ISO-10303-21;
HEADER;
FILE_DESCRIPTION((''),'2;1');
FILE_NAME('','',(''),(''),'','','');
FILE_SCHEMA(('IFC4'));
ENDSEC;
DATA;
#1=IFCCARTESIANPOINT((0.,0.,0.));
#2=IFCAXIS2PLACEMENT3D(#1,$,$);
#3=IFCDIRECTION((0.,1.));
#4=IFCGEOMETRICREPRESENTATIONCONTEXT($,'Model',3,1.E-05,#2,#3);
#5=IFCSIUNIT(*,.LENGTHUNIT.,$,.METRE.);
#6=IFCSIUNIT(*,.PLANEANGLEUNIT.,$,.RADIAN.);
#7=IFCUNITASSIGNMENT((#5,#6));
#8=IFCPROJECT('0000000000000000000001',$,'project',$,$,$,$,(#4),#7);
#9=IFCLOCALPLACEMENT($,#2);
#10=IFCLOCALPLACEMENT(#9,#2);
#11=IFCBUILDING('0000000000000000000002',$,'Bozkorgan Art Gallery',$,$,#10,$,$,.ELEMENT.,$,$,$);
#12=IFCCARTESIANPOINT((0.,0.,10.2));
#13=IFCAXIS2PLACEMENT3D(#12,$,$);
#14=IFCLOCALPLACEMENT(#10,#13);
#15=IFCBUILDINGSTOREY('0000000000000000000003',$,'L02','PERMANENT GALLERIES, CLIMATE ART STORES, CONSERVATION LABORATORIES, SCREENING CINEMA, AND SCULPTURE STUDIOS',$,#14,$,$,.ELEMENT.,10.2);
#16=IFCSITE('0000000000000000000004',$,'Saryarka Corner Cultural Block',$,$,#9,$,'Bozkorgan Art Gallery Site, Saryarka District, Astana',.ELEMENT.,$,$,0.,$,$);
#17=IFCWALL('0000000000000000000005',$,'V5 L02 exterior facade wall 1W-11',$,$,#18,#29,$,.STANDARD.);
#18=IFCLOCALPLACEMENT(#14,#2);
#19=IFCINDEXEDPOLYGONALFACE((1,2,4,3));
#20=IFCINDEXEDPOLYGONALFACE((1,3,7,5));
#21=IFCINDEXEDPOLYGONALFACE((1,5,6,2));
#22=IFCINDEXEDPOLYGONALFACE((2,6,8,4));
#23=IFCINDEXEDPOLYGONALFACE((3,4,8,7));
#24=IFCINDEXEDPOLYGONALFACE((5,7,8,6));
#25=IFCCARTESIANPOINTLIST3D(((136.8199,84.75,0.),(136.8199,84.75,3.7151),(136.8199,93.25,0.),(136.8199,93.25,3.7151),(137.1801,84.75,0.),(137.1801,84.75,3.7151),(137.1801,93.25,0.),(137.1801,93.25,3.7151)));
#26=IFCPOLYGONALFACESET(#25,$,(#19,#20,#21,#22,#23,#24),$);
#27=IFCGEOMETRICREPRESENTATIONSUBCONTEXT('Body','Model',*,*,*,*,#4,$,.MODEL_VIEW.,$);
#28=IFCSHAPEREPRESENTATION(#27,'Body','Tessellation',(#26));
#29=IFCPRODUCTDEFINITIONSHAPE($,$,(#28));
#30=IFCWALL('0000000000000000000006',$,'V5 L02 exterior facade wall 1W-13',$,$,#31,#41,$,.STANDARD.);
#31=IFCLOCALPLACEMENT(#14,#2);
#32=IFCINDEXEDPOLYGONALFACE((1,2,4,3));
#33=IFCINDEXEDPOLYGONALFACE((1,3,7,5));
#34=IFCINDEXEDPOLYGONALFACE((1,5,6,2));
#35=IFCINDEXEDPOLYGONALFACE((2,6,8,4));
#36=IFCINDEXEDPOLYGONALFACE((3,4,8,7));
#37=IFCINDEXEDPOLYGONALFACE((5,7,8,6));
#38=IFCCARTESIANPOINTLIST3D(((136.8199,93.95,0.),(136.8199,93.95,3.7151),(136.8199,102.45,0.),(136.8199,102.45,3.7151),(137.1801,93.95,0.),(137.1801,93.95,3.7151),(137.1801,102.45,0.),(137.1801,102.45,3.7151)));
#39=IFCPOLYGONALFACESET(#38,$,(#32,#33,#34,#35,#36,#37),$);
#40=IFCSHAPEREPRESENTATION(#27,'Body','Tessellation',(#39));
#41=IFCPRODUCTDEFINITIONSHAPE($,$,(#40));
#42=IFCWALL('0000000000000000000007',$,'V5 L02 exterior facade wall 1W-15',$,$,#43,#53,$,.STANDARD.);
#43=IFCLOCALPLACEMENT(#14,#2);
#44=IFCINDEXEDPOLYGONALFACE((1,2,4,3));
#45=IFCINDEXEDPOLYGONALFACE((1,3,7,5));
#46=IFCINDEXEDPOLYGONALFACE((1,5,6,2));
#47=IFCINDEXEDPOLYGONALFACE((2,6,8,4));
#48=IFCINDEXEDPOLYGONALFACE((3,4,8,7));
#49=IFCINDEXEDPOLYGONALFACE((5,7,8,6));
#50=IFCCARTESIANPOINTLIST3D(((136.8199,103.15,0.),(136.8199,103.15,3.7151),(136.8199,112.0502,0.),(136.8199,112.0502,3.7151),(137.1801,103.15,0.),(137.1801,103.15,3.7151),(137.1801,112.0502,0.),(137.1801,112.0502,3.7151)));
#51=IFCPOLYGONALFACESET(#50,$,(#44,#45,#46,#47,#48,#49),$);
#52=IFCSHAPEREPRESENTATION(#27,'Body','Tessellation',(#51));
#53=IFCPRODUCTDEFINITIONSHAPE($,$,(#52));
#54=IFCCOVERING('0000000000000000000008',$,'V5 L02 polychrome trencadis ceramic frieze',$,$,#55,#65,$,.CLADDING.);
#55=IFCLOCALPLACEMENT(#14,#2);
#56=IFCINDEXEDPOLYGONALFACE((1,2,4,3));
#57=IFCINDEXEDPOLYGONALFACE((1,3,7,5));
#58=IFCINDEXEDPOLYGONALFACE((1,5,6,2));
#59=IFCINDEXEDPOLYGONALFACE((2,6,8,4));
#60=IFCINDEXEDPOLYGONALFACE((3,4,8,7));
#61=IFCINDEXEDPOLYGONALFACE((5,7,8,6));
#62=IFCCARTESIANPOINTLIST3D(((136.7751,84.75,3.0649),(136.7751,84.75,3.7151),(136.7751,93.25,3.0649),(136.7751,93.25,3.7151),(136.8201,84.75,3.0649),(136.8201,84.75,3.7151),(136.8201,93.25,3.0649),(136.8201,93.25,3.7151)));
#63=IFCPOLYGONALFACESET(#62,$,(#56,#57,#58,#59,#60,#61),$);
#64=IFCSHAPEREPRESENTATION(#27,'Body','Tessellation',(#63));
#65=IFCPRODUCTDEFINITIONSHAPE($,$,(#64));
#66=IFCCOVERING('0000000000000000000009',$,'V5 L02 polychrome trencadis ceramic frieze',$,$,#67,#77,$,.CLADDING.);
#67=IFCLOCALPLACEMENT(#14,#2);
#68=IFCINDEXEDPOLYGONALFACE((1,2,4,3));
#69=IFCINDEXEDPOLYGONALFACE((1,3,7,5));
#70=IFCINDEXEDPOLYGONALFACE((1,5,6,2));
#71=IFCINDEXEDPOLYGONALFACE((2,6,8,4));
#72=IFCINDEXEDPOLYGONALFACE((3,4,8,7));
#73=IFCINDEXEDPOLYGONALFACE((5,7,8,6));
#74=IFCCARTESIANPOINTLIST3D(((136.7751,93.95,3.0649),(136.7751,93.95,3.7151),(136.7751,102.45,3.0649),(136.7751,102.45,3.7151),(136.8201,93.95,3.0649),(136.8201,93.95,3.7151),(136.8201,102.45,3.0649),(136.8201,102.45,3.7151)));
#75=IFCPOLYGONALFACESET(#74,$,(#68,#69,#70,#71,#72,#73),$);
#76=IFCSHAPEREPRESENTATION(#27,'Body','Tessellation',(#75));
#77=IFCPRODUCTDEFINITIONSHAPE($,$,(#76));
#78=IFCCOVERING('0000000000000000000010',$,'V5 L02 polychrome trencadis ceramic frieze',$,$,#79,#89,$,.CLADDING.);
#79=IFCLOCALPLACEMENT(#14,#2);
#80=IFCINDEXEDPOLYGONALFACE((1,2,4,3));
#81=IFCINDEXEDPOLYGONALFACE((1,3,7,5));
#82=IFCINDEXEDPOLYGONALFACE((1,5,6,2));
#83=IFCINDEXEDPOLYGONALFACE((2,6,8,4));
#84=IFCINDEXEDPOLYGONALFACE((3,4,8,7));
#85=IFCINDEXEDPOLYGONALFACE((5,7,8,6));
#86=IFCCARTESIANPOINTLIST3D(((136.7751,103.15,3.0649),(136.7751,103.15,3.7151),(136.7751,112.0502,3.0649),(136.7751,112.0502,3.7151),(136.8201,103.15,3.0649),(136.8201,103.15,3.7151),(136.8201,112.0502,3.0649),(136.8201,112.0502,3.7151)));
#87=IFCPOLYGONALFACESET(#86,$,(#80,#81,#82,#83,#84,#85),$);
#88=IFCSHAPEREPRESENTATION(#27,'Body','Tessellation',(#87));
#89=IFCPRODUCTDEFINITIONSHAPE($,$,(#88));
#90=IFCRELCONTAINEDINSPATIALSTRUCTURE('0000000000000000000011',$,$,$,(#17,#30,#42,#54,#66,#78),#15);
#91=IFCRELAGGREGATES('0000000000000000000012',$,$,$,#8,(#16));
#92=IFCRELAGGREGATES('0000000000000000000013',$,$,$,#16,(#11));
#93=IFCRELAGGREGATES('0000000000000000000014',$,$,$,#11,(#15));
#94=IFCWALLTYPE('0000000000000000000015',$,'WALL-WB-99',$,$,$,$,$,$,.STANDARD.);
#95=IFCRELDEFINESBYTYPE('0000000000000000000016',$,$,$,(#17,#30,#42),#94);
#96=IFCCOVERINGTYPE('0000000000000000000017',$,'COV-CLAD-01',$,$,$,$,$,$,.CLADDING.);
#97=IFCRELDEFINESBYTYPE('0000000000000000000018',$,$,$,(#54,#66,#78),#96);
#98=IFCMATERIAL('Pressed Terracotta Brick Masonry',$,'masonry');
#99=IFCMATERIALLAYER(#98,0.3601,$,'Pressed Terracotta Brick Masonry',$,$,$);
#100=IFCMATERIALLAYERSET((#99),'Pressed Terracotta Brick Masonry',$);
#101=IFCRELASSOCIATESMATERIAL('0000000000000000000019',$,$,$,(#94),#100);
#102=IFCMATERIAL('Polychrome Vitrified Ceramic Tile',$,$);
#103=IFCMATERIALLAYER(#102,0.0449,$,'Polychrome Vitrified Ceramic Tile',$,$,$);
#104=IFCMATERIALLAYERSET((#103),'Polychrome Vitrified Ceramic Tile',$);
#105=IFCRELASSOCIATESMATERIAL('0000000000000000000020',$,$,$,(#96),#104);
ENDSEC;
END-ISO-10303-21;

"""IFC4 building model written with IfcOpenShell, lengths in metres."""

from ifc_helpers import new_model, si_unit, direction, frame, frame_2d, origin, place, context, subcontext, project, spatial, rectangle, extrude, material, layer, layer_set, type_object, element, save


model = new_model("IFC4")

# Units and contexts
model_context = context("Model", 3, precision=1e-05, world=origin(), true_north=direction((0.0, 1.0)))
body_context = subcontext(model_context, "Body", "Model", "MODEL_VIEW")
ifc_project = project(units=[si_unit("LENGTHUNIT", "METRE"), si_unit("PLANEANGLEUNIT", "RADIAN")], contexts=[model_context])

# Site, building, storey
site_placement = place(None, origin())
site = spatial("IfcSite", under=ifc_project, at=site_placement, Name="Saryarka Corner Cultural Block", LongName="Bozkorgan Art Gallery Site, Saryarka District, Astana", CompositionType="ELEMENT", RefElevation=0.0)
building_placement = place(site_placement, origin())
building = spatial("IfcBuilding", under=site, at=building_placement, Name="Bozkorgan Art Gallery", CompositionType="ELEMENT")
storey_placement = place(building_placement, frame((0.0, 0.0, 10.2)))
storey = spatial("IfcBuildingStorey", under=building, at=storey_placement, Name="L02", Description="PERMANENT GALLERIES, CLIMATE ART STORES, CONSERVATION LABORATORIES, SCREENING CINEMA, AND SCULPTURE STUDIOS", CompositionType="ELEMENT", Elevation=10.2)

# Walls
ifc_material_1 = material(Name="Pressed Terracotta Brick Masonry", Category="masonry")
ifc_layer_1 = layer(ifc_material_1, 0.3601, Name="Pressed Terracotta Brick Masonry")
ifc_layer_set_1 = layer_set([ifc_layer_1], Name="Pressed Terracotta Brick Masonry")
wall_type = type_object("IfcWallType", Name="WALL-WB-99", PredefinedType="STANDARD", material=ifc_layer_set_1)
for number, where, z_axis, x_axis, name in (
    (1, (137.0, 84.75, 0.0), (0.0, 0.0, 1.0), (0.0, 1.0, 0.0), "V5 L02 exterior facade wall 1W-11"),
    (2, (137.0, 93.95, 0.0), (0.0, 0.0, 1.0), (0.0, 1.0, 0.0), "V5 L02 exterior facade wall 1W-13"),
):
    element("IfcWall", number, at=place(storey_placement, frame(where, z_axis=z_axis, x_axis=x_axis)), inside=storey, type_object=wall_type, Name=name, PredefinedType="STANDARD", context=body_context, shape_type="SweptSolid", body=[
        extrude(rectangle(XDim=8.5, YDim=0.3601, at=frame_2d((4.25, 0.0))), origin(), (0.0, 0.0, 1.0), 3.7151),
    ])
wall_placement = place(storey_placement, frame((137.0, 103.1499, 0.0), z_axis=(0.0, 0.0, 1.0), x_axis=(0.0, 1.0, 0.0)))
element("IfcWall", 3, at=wall_placement, inside=storey, type_object=wall_type, Name="V5 L02 exterior facade wall 1W-15", PredefinedType="STANDARD", context=body_context, shape_type="SweptSolid", body=[
    extrude(rectangle(XDim=8.9001, YDim=0.3601, at=frame_2d((4.4502, 0.0))), origin(), (0.0, 0.0, 1.0), 3.7151),
])

# Coverings
ifc_material_2 = material(Name="Polychrome Vitrified Ceramic Tile")
ifc_layer_2 = layer(ifc_material_2, 0.0449, Name="Polychrome Vitrified Ceramic Tile")
ifc_layer_set_2 = layer_set([ifc_layer_2], Name="Polychrome Vitrified Ceramic Tile")
covering_type = type_object("IfcCoveringType", Name="COV-CLAD-01", PredefinedType="CLADDING", material=ifc_layer_set_2)
for number, where, z_axis, x_axis, name in (
    (4, (136.7976, 84.75, 3.0649), (0.0, 0.0, 1.0), (0.0, 1.0, 0.0), "V5 L02 polychrome trencadis ceramic frieze"),
    (5, (136.7976, 93.95, 3.0649), (0.0, 0.0, 1.0), (0.0, 1.0, 0.0), "V5 L02 polychrome trencadis ceramic frieze"),
):
    element("IfcCovering", number, at=place(storey_placement, frame(where, z_axis=z_axis, x_axis=x_axis)), inside=storey, type_object=covering_type, Name=name, PredefinedType="CLADDING", context=body_context, shape_type="SweptSolid", body=[
        extrude(rectangle(XDim=8.5, YDim=0.0449, at=frame_2d((4.25, 0.0))), origin(), (0.0, 0.0, 1.0), 0.6501),
    ])
covering_placement = place(storey_placement, frame((136.7976, 103.1499, 3.0649), z_axis=(0.0, 0.0, 1.0), x_axis=(0.0, 1.0, 0.0)))
element("IfcCovering", 6, at=covering_placement, inside=storey, type_object=covering_type, Name="V5 L02 polychrome trencadis ceramic frieze", PredefinedType="CLADDING", context=body_context, shape_type="SweptSolid", body=[
    extrude(rectangle(XDim=8.9001, YDim=0.0449, at=frame_2d((4.4502, 0.0))), origin(), (0.0, 0.0, 1.0), 0.6501),
])

save(model, "model.ifc")
